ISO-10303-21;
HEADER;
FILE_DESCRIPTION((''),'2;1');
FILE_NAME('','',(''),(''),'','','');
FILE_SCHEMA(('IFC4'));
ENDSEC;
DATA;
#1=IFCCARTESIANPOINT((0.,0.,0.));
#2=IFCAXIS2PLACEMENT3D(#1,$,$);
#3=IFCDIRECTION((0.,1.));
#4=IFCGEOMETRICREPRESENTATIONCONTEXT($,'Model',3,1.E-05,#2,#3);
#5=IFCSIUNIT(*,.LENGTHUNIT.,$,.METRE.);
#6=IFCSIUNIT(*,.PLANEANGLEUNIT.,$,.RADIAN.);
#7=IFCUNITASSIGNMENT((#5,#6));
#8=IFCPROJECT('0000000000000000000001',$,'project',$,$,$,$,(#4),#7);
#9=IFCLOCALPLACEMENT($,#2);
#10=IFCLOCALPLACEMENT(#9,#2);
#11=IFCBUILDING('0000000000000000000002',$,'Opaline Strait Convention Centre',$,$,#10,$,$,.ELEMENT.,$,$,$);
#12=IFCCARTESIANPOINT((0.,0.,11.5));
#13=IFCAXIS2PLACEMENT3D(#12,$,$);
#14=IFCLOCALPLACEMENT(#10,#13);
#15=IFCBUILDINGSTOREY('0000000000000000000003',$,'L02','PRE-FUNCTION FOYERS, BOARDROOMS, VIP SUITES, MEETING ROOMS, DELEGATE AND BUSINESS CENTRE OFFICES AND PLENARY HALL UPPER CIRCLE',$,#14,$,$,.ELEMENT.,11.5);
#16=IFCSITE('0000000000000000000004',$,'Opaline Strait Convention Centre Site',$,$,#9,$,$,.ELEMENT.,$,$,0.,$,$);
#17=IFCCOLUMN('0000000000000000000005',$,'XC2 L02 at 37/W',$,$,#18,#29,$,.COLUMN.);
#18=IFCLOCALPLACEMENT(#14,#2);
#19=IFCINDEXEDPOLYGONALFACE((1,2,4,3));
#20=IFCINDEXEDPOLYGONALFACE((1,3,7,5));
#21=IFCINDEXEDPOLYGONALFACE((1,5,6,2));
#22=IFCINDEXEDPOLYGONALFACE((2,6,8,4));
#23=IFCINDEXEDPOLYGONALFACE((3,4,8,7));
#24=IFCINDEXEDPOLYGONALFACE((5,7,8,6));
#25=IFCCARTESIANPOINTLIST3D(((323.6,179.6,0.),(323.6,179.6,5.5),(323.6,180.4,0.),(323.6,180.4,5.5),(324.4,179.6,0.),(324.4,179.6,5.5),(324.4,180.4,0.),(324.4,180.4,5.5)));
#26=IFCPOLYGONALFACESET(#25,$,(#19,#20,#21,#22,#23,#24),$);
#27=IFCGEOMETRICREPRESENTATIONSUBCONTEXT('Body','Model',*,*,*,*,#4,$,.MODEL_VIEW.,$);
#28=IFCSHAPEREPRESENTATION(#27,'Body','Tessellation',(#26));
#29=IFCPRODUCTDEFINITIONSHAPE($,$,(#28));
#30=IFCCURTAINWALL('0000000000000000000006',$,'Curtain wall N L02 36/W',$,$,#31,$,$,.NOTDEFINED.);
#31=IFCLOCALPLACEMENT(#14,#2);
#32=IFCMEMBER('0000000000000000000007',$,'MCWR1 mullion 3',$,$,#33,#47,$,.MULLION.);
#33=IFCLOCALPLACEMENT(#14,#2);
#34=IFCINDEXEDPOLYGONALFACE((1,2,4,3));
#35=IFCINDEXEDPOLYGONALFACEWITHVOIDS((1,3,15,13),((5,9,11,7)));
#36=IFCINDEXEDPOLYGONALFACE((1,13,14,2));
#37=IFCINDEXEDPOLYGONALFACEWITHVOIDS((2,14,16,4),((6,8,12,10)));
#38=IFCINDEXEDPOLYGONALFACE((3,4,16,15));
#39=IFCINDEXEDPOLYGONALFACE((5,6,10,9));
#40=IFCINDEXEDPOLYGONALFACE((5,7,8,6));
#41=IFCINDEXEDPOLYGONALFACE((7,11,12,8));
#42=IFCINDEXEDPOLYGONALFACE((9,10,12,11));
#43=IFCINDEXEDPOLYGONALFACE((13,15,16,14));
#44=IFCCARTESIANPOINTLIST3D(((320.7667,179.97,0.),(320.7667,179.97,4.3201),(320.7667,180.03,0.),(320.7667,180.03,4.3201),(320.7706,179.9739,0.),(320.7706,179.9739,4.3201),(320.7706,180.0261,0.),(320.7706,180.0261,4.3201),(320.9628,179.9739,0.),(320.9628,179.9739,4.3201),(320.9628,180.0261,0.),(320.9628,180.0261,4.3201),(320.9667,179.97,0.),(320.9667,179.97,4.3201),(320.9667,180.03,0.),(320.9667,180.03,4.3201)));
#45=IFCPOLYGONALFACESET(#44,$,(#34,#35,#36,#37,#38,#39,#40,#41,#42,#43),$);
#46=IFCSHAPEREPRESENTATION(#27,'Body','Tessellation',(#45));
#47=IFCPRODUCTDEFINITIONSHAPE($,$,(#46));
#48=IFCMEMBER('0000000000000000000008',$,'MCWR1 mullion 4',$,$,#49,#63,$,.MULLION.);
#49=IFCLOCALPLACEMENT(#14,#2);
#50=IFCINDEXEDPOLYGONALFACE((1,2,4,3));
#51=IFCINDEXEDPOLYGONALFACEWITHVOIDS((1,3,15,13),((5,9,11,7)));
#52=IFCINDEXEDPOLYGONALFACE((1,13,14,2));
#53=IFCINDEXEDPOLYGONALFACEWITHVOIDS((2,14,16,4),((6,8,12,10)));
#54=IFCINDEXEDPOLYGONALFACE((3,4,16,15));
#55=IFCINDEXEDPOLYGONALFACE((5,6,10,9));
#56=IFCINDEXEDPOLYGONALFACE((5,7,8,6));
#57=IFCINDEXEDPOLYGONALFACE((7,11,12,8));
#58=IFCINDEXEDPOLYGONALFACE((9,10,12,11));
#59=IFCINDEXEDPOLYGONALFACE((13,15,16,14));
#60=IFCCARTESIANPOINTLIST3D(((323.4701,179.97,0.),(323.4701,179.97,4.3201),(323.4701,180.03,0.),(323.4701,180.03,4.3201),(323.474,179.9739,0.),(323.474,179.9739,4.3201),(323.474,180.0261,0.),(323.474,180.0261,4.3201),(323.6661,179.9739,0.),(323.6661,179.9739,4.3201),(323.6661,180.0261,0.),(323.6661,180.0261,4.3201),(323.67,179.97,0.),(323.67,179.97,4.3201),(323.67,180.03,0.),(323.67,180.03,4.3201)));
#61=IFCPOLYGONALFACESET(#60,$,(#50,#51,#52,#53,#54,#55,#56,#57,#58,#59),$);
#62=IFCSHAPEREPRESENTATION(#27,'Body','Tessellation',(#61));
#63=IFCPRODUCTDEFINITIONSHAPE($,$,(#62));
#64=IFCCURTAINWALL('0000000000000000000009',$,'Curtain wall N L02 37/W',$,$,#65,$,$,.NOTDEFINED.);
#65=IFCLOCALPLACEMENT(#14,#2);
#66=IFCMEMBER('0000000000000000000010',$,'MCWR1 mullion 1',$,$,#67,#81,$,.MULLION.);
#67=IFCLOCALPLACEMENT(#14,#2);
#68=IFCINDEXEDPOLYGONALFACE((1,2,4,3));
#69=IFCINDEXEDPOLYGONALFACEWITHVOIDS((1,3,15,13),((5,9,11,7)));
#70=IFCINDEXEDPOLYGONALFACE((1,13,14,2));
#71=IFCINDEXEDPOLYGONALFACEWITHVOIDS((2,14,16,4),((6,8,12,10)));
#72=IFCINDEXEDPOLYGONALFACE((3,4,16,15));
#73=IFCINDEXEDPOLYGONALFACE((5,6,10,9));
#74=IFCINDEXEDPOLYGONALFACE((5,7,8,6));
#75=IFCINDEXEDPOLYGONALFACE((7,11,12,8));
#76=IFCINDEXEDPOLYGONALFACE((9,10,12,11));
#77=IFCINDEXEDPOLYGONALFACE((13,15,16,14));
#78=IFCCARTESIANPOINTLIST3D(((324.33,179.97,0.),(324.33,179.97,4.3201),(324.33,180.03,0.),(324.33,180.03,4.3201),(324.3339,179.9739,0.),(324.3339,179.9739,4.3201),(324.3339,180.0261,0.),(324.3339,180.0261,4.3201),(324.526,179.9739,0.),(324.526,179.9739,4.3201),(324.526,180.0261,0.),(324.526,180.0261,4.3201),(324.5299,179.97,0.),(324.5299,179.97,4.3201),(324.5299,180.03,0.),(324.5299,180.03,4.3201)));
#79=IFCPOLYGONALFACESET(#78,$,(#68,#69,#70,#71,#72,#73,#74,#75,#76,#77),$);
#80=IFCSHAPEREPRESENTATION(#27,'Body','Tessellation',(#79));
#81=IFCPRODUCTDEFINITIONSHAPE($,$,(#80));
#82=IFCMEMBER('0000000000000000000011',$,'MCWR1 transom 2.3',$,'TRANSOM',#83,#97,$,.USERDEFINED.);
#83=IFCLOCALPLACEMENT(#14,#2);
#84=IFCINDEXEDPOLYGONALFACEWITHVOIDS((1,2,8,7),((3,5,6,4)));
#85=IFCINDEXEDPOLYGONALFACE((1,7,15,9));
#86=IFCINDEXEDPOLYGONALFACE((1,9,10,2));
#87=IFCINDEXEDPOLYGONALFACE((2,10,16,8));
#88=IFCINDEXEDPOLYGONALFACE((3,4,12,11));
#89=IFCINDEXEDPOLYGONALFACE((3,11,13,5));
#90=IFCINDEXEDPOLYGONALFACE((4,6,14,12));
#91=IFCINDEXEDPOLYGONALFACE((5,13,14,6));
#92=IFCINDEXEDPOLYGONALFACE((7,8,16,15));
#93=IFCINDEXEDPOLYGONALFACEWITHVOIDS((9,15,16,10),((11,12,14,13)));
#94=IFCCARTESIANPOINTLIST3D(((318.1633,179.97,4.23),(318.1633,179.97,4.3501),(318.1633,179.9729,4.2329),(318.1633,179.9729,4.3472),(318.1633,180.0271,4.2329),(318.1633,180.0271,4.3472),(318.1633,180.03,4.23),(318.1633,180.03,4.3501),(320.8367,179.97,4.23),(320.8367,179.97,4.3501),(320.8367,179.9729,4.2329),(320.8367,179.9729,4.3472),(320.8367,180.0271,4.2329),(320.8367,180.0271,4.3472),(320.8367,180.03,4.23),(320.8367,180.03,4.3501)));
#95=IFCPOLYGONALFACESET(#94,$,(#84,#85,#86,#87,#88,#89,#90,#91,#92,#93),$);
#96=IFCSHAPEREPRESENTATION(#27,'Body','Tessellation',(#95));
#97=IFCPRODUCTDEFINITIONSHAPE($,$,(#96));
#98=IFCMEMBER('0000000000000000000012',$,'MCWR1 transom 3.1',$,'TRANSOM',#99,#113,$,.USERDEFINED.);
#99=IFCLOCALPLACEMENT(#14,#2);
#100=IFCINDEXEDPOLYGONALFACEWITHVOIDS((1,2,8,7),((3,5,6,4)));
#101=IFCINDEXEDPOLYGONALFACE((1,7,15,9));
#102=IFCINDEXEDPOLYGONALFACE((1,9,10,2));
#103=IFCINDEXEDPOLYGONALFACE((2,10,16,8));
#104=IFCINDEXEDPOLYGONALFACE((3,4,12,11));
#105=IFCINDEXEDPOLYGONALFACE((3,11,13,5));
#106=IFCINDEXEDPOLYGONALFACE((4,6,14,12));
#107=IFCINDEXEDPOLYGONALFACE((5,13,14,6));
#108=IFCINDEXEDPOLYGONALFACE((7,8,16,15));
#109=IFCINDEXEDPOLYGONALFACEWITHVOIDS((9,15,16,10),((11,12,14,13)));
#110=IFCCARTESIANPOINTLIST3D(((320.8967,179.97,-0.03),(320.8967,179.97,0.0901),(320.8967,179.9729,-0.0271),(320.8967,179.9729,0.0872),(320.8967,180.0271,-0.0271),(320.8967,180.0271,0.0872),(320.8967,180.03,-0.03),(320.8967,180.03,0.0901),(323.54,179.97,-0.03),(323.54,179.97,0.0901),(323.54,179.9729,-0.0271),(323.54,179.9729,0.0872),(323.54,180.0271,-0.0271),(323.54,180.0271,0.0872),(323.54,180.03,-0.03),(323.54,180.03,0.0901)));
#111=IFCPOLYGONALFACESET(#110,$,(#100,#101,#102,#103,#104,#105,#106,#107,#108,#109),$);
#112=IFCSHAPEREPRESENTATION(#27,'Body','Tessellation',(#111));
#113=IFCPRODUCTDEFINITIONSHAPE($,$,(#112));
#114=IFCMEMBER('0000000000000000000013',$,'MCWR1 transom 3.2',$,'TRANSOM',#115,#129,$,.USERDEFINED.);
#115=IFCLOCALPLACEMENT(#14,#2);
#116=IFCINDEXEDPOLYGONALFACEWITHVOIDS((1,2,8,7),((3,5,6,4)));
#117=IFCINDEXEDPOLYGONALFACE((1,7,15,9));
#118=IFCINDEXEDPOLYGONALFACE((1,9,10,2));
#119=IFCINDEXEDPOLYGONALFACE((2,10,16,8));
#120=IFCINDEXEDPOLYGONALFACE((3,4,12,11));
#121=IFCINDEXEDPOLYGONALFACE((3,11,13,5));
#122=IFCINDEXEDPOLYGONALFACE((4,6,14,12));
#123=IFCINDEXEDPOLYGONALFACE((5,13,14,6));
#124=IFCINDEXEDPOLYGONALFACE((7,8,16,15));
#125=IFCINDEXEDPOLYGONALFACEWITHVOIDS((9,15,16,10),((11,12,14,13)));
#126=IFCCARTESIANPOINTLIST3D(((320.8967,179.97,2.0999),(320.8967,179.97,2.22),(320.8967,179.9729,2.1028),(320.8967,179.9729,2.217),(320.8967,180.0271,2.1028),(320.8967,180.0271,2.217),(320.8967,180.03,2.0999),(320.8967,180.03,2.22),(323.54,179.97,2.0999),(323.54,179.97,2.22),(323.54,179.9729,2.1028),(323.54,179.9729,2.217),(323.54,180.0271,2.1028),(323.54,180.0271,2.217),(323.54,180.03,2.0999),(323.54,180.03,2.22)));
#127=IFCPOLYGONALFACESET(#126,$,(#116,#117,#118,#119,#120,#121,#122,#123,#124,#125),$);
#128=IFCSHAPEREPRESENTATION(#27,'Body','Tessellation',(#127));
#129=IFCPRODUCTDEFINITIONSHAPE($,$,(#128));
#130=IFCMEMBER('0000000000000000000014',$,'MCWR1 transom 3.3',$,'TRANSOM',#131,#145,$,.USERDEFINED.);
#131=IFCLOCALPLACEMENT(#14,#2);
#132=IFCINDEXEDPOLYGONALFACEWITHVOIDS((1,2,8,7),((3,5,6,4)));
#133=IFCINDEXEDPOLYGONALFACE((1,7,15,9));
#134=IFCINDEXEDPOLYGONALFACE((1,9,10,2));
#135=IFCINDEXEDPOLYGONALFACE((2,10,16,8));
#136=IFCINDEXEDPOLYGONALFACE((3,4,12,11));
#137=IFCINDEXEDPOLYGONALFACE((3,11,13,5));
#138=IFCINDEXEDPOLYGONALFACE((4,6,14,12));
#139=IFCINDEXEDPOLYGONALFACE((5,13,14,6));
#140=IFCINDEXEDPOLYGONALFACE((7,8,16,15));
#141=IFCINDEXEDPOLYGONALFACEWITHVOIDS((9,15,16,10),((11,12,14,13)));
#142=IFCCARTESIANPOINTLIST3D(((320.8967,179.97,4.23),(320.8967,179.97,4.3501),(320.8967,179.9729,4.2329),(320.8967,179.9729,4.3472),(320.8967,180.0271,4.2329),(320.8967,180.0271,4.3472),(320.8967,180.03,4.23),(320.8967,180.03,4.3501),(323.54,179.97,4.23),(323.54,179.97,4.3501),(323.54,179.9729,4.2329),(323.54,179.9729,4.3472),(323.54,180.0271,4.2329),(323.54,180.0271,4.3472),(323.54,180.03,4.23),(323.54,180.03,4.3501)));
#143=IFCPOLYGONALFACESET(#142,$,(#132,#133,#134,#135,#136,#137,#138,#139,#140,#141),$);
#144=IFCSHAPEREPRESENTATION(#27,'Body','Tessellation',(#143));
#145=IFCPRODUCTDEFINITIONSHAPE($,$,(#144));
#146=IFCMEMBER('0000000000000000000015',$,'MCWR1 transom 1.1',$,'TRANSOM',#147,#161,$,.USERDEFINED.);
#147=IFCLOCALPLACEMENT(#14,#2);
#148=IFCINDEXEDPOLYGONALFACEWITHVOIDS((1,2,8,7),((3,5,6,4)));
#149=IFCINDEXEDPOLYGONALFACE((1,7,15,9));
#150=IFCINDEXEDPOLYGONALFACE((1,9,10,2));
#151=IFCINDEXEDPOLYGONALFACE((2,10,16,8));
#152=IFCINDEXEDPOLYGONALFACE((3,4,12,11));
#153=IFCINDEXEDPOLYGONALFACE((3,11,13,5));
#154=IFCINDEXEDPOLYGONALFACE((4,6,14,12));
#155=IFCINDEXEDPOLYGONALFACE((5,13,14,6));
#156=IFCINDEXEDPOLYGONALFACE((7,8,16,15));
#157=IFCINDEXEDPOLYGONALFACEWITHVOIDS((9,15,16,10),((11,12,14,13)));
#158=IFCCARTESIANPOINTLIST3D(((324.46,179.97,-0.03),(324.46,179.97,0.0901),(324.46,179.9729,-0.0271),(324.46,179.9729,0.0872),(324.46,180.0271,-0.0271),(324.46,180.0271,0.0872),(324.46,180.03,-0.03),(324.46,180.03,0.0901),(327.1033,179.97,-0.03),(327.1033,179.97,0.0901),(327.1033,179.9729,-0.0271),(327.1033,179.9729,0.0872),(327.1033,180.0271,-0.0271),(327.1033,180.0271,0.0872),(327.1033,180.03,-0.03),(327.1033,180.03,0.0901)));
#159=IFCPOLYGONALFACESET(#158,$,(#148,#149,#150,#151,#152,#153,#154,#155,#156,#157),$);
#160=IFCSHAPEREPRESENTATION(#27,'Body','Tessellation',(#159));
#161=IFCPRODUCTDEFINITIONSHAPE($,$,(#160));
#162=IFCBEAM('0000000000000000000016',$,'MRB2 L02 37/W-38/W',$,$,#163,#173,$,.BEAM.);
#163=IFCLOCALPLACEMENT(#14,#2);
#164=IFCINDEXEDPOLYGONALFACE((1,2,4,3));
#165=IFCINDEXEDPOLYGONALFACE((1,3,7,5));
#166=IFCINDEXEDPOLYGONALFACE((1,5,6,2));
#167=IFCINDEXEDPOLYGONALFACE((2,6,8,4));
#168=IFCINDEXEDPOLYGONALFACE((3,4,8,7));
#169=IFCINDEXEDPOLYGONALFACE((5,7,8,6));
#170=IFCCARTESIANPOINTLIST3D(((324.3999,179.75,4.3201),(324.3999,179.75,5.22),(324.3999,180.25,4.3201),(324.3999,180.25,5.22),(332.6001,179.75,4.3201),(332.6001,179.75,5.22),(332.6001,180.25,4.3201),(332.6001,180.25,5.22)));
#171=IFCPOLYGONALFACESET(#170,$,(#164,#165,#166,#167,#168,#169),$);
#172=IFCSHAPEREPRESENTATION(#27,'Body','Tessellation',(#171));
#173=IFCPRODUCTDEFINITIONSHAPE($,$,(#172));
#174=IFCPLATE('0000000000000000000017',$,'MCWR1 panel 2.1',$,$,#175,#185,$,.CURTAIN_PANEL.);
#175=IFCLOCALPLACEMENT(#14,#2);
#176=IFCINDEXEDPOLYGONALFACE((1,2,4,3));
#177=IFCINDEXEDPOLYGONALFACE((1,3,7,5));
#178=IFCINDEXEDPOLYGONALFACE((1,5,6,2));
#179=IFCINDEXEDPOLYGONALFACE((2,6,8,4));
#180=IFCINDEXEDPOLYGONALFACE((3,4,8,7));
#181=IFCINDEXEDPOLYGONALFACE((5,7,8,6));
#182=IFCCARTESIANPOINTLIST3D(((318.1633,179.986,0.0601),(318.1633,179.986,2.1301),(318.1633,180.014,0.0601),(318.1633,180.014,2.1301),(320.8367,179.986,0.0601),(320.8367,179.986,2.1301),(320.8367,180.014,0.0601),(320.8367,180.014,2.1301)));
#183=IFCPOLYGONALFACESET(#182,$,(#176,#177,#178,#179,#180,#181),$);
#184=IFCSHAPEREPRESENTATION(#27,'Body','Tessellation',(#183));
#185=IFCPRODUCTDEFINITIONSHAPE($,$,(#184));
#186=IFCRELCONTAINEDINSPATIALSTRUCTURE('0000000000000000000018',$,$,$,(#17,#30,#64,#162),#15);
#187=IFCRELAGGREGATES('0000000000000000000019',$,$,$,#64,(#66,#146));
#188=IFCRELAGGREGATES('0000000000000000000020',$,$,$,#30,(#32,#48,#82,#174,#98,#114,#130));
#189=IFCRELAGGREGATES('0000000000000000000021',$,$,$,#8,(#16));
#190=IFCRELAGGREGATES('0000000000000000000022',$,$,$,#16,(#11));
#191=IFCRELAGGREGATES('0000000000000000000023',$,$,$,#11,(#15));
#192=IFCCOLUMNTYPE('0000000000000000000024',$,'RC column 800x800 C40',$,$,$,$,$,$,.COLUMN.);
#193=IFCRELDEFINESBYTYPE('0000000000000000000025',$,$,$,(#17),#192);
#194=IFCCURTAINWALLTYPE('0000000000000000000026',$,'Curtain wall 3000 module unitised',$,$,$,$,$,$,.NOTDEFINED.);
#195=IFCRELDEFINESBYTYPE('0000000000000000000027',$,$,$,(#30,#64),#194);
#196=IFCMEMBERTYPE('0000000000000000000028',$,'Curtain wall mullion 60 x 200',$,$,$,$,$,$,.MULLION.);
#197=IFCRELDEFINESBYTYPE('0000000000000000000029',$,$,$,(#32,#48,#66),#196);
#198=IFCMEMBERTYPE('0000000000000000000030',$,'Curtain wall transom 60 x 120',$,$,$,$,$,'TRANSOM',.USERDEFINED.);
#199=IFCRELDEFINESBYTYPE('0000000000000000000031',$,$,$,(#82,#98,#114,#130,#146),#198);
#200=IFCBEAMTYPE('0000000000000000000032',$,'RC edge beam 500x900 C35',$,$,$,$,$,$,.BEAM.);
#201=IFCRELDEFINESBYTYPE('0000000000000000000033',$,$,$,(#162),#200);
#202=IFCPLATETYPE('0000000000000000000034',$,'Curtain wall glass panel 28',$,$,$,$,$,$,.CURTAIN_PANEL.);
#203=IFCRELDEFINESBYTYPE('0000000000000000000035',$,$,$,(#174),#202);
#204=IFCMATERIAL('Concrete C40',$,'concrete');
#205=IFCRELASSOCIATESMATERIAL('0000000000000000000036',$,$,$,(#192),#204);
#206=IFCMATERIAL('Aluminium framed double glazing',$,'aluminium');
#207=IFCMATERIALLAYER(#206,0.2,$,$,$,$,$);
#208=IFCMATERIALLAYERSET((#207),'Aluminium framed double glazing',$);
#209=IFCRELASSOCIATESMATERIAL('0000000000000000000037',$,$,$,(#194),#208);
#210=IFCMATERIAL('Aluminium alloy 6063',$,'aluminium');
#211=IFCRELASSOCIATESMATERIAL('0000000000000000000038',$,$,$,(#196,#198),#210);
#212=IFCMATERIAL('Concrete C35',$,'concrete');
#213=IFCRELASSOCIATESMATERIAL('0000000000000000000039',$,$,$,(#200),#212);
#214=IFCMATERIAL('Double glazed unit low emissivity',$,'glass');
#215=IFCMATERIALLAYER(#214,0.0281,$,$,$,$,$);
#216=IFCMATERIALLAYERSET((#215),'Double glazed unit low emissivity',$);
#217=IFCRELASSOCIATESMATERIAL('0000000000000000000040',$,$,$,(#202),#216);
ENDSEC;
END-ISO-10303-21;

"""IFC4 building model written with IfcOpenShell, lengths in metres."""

from ifc_helpers import new_model, si_unit, direction, frame, origin, origin_2d, place, context, subcontext, project, spatial, rectangle, hollow_rectangle, extrude, material, layer, layer_set, material_profile, profile_set, type_object, element, aggregate, save


model = new_model("IFC4")

# Units and contexts
model_context = context("Model", 3, precision=1e-05, world=origin(), true_north=direction((0.0, 1.0)))
body_context = subcontext(model_context, "Body", "Model", "MODEL_VIEW")
ifc_project = project(units=[si_unit("LENGTHUNIT", "METRE"), si_unit("PLANEANGLEUNIT", "RADIAN")], contexts=[model_context])

# Site, building, storey
site_placement = place(None, origin())
site = spatial("IfcSite", under=ifc_project, at=site_placement, Name="Opaline Strait Convention Centre Site", CompositionType="ELEMENT", RefElevation=0.0)
building_placement = place(site_placement, origin())
building = spatial("IfcBuilding", under=site, at=building_placement, Name="Opaline Strait Convention Centre", CompositionType="ELEMENT")
storey_placement = place(building_placement, frame((0.0, 0.0, 11.5)))
storey = spatial("IfcBuildingStorey", under=building, at=storey_placement, Name="L02", Description="PRE-FUNCTION FOYERS, BOARDROOMS, VIP SUITES, MEETING ROOMS, DELEGATE AND BUSINESS CENTRE OFFICES AND PLENARY HALL UPPER CIRCLE", CompositionType="ELEMENT", Elevation=11.5)

# Column
ifc_material_1 = material(Name="Concrete C40", Category="concrete")
ifc_material_profile_1 = material_profile(ifc_material_1, rectangle(XDim=0.8, YDim=0.8, at=origin_2d()), Name="RC 800x800")
ifc_profile_set_1 = profile_set([ifc_material_profile_1], Name="Concrete C40")
column_type = type_object("IfcColumnType", Name="RC column 800x800 C40", PredefinedType="COLUMN", material=ifc_profile_set_1)
column_placement = place(storey_placement, frame((324.0, 180.0, 0.0), z_axis=(0.0, 0.0, 1.0), x_axis=(1.0, 0.0, 0.0)))
element("IfcColumn", 1, at=column_placement, inside=storey, type_object=column_type, Name="XC2 L02 at 37/W", PredefinedType="COLUMN", context=body_context, shape_type="SweptSolid", body=[
    extrude(rectangle(XDim=0.8, YDim=0.8, at=origin_2d()), origin(), (0.0, 0.0, 1.0), 5.5),
])

# Curtain wall, members
ifc_material_2 = material(Name="Aluminium framed double glazing", Category="aluminium")
ifc_layer_1 = layer(ifc_material_2, 0.2)
ifc_layer_set_1 = layer_set([ifc_layer_1], Name="Aluminium framed double glazing")
curtain_wall_type = type_object("IfcCurtainWallType", Name="Curtain wall 3000 module unitised", PredefinedType="NOTDEFINED", material=ifc_layer_set_1)
curtain_wall_1_placement = place(storey_placement, origin())
curtain_wall_1 = element("IfcCurtainWall", 2, at=curtain_wall_1_placement, inside=storey, type_object=curtain_wall_type, Name="Curtain wall N L02 36/W", PredefinedType="NOTDEFINED")
ifc_material_3 = material(Name="Aluminium alloy 6063", Category="aluminium")
ifc_material_profile_2 = material_profile(ifc_material_3, hollow_rectangle(XDim=0.0601, YDim=0.2, WallThickness=0.0039, at=origin_2d()), Name="MULLION 60x200x4")
ifc_profile_set_2 = profile_set([ifc_material_profile_2], Name="Aluminium alloy 6063")
member_type_1 = type_object("IfcMemberType", Name="Curtain wall mullion 60 x 200", PredefinedType="MULLION", material=ifc_profile_set_2)
member_1_placement = place(storey_placement, frame((320.8667, 180.0, 0.0), z_axis=(0.0, 0.0, 1.0), x_axis=(0.0, 1.0, 0.0)))
member_1 = element("IfcMember", 3, at=member_1_placement, type_object=member_type_1, Name="MCWR1 mullion 3", PredefinedType="MULLION", context=body_context, shape_type="SweptSolid", body=[
    extrude(hollow_rectangle(XDim=0.0601, YDim=0.2, WallThickness=0.0039, at=origin_2d()), origin(), (0.0, 0.0, 1.0), 4.3201),
])
member_2_placement = place(storey_placement, frame((323.5701, 180.0, 0.0), z_axis=(0.0, 0.0, 1.0), x_axis=(0.0, 1.0, 0.0)))
member_2 = element("IfcMember", 4, at=member_2_placement, type_object=member_type_1, Name="MCWR1 mullion 4", PredefinedType="MULLION", context=body_context, shape_type="SweptSolid", body=[
    extrude(hollow_rectangle(XDim=0.0601, YDim=0.2, WallThickness=0.0039, at=origin_2d()), origin(), (0.0, 0.0, 1.0), 4.3201),
])

# Curtain wall, member
curtain_wall_2_placement = place(storey_placement, origin())
curtain_wall_2 = element("IfcCurtainWall", 5, at=curtain_wall_2_placement, inside=storey, type_object=curtain_wall_type, Name="Curtain wall N L02 37/W", PredefinedType="NOTDEFINED")
member_3_placement = place(storey_placement, frame((324.4299, 180.0, 0.0), z_axis=(0.0, 0.0, 1.0), x_axis=(0.0, 1.0, 0.0)))
member_3 = element("IfcMember", 6, at=member_3_placement, type_object=member_type_1, Name="MCWR1 mullion 1", PredefinedType="MULLION", context=body_context, shape_type="SweptSolid", body=[
    extrude(hollow_rectangle(XDim=0.0601, YDim=0.2, WallThickness=0.0039, at=origin_2d()), origin(), (0.0, 0.0, 1.0), 4.3201),
])

# Members
ifc_material_profile_3 = material_profile(ifc_material_3, hollow_rectangle(XDim=0.0601, YDim=0.1201, WallThickness=0.0029, at=origin_2d()), Name="TRANSOM 60x120x3")
ifc_profile_set_3 = profile_set([ifc_material_profile_3], Name="Aluminium alloy 6063")
member_type_2 = type_object("IfcMemberType", Name="Curtain wall transom 60 x 120", ElementType="TRANSOM", PredefinedType="USERDEFINED", material=ifc_profile_set_3)
member_4_placement = place(storey_placement, frame((318.1633, 180.0, 4.29), z_axis=(1.0, 0.0, 0.0), x_axis=(0.0, 1.0, 0.0)))
member_4 = element("IfcMember", 7, at=member_4_placement, type_object=member_type_2, Name="MCWR1 transom 2.3", ObjectType="TRANSOM", PredefinedType="USERDEFINED", context=body_context, shape_type="SweptSolid", body=[
    extrude(hollow_rectangle(XDim=0.0601, YDim=0.1201, WallThickness=0.0029, at=origin_2d()), origin(), (0.0, 0.0, 1.0), 2.6733),
])
member_5_placement = place(storey_placement, frame((320.8967, 180.0, 0.03), z_axis=(1.0, 0.0, 0.0), x_axis=(0.0, 1.0, 0.0)))
member_5 = element("IfcMember", 8, at=member_5_placement, type_object=member_type_2, Name="MCWR1 transom 3.1", ObjectType="TRANSOM", PredefinedType="USERDEFINED", context=body_context, shape_type="SweptSolid", body=[
    extrude(hollow_rectangle(XDim=0.0601, YDim=0.1201, WallThickness=0.0029, at=origin_2d()), origin(), (0.0, 0.0, 1.0), 2.6433),
])
member_6_placement = place(storey_placement, frame((320.8967, 180.0, 2.1599), z_axis=(1.0, 0.0, 0.0), x_axis=(0.0, 1.0, 0.0)))
member_6 = element("IfcMember", 9, at=member_6_placement, type_object=member_type_2, Name="MCWR1 transom 3.2", ObjectType="TRANSOM", PredefinedType="USERDEFINED", context=body_context, shape_type="SweptSolid", body=[
    extrude(hollow_rectangle(XDim=0.0601, YDim=0.1201, WallThickness=0.0029, at=origin_2d()), origin(), (0.0, 0.0, 1.0), 2.6433),
])
member_7_placement = place(storey_placement, frame((320.8967, 180.0, 4.29), z_axis=(1.0, 0.0, 0.0), x_axis=(0.0, 1.0, 0.0)))
member_7 = element("IfcMember", 10, at=member_7_placement, type_object=member_type_2, Name="MCWR1 transom 3.3", ObjectType="TRANSOM", PredefinedType="USERDEFINED", context=body_context, shape_type="SweptSolid", body=[
    extrude(hollow_rectangle(XDim=0.0601, YDim=0.1201, WallThickness=0.0029, at=origin_2d()), origin(), (0.0, 0.0, 1.0), 2.6433),
])
member_8_placement = place(storey_placement, frame((324.46, 180.0, 0.03), z_axis=(1.0, 0.0, 0.0), x_axis=(0.0, 1.0, 0.0)))
member_8 = element("IfcMember", 11, at=member_8_placement, type_object=member_type_2, Name="MCWR1 transom 1.1", ObjectType="TRANSOM", PredefinedType="USERDEFINED", context=body_context, shape_type="SweptSolid", body=[
    extrude(hollow_rectangle(XDim=0.0601, YDim=0.1201, WallThickness=0.0029, at=origin_2d()), origin(), (0.0, 0.0, 1.0), 2.6433),
])
aggregate(curtain_wall_2, [member_3, member_8])

# Beam
ifc_material_4 = material(Name="Concrete C35", Category="concrete")
ifc_material_profile_4 = material_profile(ifc_material_4, rectangle(XDim=0.5, YDim=0.8999, at=origin_2d()), Name="RC 500x900")
ifc_profile_set_4 = profile_set([ifc_material_profile_4], Name="Concrete C35")
beam_type = type_object("IfcBeamType", Name="RC edge beam 500x900 C35", PredefinedType="BEAM", material=ifc_profile_set_4)
beam_placement = place(storey_placement, frame((324.3999, 180.0, 4.77), z_axis=(1.0, 0.0, 0.0), x_axis=(0.0, 1.0, 0.0)))
element("IfcBeam", 12, at=beam_placement, inside=storey, type_object=beam_type, Name="MRB2 L02 37/W-38/W", PredefinedType="BEAM", context=body_context, shape_type="SweptSolid", body=[
    extrude(rectangle(XDim=0.5, YDim=0.8999, at=origin_2d()), origin(), (0.0, 0.0, 1.0), 8.2002),
])

# Plate
ifc_material_5 = material(Name="Double glazed unit low emissivity", Category="glass")
ifc_layer_2 = layer(ifc_material_5, 0.0281)
ifc_layer_set_2 = layer_set([ifc_layer_2], Name="Double glazed unit low emissivity")
plate_type = type_object("IfcPlateType", Name="Curtain wall glass panel 28", PredefinedType="CURTAIN_PANEL", material=ifc_layer_set_2)
plate_1_placement = place(storey_placement, frame((319.5, 180.0, 0.0601), z_axis=(0.0, 0.0, 1.0), x_axis=(1.0, 0.0, 0.0)))
plate_1 = element("IfcPlate", 13, at=plate_1_placement, type_object=plate_type, Name="MCWR1 panel 2.1", PredefinedType="CURTAIN_PANEL", context=body_context, shape_type="SweptSolid", body=[
    extrude(rectangle(XDim=2.6733, YDim=0.0281, at=origin_2d()), origin(), (0.0, 0.0, 1.0), 2.0701),
])
aggregate(curtain_wall_1, [member_1, member_2, member_4, plate_1, member_5, member_6, member_7])

save(model, "model.ifc")
